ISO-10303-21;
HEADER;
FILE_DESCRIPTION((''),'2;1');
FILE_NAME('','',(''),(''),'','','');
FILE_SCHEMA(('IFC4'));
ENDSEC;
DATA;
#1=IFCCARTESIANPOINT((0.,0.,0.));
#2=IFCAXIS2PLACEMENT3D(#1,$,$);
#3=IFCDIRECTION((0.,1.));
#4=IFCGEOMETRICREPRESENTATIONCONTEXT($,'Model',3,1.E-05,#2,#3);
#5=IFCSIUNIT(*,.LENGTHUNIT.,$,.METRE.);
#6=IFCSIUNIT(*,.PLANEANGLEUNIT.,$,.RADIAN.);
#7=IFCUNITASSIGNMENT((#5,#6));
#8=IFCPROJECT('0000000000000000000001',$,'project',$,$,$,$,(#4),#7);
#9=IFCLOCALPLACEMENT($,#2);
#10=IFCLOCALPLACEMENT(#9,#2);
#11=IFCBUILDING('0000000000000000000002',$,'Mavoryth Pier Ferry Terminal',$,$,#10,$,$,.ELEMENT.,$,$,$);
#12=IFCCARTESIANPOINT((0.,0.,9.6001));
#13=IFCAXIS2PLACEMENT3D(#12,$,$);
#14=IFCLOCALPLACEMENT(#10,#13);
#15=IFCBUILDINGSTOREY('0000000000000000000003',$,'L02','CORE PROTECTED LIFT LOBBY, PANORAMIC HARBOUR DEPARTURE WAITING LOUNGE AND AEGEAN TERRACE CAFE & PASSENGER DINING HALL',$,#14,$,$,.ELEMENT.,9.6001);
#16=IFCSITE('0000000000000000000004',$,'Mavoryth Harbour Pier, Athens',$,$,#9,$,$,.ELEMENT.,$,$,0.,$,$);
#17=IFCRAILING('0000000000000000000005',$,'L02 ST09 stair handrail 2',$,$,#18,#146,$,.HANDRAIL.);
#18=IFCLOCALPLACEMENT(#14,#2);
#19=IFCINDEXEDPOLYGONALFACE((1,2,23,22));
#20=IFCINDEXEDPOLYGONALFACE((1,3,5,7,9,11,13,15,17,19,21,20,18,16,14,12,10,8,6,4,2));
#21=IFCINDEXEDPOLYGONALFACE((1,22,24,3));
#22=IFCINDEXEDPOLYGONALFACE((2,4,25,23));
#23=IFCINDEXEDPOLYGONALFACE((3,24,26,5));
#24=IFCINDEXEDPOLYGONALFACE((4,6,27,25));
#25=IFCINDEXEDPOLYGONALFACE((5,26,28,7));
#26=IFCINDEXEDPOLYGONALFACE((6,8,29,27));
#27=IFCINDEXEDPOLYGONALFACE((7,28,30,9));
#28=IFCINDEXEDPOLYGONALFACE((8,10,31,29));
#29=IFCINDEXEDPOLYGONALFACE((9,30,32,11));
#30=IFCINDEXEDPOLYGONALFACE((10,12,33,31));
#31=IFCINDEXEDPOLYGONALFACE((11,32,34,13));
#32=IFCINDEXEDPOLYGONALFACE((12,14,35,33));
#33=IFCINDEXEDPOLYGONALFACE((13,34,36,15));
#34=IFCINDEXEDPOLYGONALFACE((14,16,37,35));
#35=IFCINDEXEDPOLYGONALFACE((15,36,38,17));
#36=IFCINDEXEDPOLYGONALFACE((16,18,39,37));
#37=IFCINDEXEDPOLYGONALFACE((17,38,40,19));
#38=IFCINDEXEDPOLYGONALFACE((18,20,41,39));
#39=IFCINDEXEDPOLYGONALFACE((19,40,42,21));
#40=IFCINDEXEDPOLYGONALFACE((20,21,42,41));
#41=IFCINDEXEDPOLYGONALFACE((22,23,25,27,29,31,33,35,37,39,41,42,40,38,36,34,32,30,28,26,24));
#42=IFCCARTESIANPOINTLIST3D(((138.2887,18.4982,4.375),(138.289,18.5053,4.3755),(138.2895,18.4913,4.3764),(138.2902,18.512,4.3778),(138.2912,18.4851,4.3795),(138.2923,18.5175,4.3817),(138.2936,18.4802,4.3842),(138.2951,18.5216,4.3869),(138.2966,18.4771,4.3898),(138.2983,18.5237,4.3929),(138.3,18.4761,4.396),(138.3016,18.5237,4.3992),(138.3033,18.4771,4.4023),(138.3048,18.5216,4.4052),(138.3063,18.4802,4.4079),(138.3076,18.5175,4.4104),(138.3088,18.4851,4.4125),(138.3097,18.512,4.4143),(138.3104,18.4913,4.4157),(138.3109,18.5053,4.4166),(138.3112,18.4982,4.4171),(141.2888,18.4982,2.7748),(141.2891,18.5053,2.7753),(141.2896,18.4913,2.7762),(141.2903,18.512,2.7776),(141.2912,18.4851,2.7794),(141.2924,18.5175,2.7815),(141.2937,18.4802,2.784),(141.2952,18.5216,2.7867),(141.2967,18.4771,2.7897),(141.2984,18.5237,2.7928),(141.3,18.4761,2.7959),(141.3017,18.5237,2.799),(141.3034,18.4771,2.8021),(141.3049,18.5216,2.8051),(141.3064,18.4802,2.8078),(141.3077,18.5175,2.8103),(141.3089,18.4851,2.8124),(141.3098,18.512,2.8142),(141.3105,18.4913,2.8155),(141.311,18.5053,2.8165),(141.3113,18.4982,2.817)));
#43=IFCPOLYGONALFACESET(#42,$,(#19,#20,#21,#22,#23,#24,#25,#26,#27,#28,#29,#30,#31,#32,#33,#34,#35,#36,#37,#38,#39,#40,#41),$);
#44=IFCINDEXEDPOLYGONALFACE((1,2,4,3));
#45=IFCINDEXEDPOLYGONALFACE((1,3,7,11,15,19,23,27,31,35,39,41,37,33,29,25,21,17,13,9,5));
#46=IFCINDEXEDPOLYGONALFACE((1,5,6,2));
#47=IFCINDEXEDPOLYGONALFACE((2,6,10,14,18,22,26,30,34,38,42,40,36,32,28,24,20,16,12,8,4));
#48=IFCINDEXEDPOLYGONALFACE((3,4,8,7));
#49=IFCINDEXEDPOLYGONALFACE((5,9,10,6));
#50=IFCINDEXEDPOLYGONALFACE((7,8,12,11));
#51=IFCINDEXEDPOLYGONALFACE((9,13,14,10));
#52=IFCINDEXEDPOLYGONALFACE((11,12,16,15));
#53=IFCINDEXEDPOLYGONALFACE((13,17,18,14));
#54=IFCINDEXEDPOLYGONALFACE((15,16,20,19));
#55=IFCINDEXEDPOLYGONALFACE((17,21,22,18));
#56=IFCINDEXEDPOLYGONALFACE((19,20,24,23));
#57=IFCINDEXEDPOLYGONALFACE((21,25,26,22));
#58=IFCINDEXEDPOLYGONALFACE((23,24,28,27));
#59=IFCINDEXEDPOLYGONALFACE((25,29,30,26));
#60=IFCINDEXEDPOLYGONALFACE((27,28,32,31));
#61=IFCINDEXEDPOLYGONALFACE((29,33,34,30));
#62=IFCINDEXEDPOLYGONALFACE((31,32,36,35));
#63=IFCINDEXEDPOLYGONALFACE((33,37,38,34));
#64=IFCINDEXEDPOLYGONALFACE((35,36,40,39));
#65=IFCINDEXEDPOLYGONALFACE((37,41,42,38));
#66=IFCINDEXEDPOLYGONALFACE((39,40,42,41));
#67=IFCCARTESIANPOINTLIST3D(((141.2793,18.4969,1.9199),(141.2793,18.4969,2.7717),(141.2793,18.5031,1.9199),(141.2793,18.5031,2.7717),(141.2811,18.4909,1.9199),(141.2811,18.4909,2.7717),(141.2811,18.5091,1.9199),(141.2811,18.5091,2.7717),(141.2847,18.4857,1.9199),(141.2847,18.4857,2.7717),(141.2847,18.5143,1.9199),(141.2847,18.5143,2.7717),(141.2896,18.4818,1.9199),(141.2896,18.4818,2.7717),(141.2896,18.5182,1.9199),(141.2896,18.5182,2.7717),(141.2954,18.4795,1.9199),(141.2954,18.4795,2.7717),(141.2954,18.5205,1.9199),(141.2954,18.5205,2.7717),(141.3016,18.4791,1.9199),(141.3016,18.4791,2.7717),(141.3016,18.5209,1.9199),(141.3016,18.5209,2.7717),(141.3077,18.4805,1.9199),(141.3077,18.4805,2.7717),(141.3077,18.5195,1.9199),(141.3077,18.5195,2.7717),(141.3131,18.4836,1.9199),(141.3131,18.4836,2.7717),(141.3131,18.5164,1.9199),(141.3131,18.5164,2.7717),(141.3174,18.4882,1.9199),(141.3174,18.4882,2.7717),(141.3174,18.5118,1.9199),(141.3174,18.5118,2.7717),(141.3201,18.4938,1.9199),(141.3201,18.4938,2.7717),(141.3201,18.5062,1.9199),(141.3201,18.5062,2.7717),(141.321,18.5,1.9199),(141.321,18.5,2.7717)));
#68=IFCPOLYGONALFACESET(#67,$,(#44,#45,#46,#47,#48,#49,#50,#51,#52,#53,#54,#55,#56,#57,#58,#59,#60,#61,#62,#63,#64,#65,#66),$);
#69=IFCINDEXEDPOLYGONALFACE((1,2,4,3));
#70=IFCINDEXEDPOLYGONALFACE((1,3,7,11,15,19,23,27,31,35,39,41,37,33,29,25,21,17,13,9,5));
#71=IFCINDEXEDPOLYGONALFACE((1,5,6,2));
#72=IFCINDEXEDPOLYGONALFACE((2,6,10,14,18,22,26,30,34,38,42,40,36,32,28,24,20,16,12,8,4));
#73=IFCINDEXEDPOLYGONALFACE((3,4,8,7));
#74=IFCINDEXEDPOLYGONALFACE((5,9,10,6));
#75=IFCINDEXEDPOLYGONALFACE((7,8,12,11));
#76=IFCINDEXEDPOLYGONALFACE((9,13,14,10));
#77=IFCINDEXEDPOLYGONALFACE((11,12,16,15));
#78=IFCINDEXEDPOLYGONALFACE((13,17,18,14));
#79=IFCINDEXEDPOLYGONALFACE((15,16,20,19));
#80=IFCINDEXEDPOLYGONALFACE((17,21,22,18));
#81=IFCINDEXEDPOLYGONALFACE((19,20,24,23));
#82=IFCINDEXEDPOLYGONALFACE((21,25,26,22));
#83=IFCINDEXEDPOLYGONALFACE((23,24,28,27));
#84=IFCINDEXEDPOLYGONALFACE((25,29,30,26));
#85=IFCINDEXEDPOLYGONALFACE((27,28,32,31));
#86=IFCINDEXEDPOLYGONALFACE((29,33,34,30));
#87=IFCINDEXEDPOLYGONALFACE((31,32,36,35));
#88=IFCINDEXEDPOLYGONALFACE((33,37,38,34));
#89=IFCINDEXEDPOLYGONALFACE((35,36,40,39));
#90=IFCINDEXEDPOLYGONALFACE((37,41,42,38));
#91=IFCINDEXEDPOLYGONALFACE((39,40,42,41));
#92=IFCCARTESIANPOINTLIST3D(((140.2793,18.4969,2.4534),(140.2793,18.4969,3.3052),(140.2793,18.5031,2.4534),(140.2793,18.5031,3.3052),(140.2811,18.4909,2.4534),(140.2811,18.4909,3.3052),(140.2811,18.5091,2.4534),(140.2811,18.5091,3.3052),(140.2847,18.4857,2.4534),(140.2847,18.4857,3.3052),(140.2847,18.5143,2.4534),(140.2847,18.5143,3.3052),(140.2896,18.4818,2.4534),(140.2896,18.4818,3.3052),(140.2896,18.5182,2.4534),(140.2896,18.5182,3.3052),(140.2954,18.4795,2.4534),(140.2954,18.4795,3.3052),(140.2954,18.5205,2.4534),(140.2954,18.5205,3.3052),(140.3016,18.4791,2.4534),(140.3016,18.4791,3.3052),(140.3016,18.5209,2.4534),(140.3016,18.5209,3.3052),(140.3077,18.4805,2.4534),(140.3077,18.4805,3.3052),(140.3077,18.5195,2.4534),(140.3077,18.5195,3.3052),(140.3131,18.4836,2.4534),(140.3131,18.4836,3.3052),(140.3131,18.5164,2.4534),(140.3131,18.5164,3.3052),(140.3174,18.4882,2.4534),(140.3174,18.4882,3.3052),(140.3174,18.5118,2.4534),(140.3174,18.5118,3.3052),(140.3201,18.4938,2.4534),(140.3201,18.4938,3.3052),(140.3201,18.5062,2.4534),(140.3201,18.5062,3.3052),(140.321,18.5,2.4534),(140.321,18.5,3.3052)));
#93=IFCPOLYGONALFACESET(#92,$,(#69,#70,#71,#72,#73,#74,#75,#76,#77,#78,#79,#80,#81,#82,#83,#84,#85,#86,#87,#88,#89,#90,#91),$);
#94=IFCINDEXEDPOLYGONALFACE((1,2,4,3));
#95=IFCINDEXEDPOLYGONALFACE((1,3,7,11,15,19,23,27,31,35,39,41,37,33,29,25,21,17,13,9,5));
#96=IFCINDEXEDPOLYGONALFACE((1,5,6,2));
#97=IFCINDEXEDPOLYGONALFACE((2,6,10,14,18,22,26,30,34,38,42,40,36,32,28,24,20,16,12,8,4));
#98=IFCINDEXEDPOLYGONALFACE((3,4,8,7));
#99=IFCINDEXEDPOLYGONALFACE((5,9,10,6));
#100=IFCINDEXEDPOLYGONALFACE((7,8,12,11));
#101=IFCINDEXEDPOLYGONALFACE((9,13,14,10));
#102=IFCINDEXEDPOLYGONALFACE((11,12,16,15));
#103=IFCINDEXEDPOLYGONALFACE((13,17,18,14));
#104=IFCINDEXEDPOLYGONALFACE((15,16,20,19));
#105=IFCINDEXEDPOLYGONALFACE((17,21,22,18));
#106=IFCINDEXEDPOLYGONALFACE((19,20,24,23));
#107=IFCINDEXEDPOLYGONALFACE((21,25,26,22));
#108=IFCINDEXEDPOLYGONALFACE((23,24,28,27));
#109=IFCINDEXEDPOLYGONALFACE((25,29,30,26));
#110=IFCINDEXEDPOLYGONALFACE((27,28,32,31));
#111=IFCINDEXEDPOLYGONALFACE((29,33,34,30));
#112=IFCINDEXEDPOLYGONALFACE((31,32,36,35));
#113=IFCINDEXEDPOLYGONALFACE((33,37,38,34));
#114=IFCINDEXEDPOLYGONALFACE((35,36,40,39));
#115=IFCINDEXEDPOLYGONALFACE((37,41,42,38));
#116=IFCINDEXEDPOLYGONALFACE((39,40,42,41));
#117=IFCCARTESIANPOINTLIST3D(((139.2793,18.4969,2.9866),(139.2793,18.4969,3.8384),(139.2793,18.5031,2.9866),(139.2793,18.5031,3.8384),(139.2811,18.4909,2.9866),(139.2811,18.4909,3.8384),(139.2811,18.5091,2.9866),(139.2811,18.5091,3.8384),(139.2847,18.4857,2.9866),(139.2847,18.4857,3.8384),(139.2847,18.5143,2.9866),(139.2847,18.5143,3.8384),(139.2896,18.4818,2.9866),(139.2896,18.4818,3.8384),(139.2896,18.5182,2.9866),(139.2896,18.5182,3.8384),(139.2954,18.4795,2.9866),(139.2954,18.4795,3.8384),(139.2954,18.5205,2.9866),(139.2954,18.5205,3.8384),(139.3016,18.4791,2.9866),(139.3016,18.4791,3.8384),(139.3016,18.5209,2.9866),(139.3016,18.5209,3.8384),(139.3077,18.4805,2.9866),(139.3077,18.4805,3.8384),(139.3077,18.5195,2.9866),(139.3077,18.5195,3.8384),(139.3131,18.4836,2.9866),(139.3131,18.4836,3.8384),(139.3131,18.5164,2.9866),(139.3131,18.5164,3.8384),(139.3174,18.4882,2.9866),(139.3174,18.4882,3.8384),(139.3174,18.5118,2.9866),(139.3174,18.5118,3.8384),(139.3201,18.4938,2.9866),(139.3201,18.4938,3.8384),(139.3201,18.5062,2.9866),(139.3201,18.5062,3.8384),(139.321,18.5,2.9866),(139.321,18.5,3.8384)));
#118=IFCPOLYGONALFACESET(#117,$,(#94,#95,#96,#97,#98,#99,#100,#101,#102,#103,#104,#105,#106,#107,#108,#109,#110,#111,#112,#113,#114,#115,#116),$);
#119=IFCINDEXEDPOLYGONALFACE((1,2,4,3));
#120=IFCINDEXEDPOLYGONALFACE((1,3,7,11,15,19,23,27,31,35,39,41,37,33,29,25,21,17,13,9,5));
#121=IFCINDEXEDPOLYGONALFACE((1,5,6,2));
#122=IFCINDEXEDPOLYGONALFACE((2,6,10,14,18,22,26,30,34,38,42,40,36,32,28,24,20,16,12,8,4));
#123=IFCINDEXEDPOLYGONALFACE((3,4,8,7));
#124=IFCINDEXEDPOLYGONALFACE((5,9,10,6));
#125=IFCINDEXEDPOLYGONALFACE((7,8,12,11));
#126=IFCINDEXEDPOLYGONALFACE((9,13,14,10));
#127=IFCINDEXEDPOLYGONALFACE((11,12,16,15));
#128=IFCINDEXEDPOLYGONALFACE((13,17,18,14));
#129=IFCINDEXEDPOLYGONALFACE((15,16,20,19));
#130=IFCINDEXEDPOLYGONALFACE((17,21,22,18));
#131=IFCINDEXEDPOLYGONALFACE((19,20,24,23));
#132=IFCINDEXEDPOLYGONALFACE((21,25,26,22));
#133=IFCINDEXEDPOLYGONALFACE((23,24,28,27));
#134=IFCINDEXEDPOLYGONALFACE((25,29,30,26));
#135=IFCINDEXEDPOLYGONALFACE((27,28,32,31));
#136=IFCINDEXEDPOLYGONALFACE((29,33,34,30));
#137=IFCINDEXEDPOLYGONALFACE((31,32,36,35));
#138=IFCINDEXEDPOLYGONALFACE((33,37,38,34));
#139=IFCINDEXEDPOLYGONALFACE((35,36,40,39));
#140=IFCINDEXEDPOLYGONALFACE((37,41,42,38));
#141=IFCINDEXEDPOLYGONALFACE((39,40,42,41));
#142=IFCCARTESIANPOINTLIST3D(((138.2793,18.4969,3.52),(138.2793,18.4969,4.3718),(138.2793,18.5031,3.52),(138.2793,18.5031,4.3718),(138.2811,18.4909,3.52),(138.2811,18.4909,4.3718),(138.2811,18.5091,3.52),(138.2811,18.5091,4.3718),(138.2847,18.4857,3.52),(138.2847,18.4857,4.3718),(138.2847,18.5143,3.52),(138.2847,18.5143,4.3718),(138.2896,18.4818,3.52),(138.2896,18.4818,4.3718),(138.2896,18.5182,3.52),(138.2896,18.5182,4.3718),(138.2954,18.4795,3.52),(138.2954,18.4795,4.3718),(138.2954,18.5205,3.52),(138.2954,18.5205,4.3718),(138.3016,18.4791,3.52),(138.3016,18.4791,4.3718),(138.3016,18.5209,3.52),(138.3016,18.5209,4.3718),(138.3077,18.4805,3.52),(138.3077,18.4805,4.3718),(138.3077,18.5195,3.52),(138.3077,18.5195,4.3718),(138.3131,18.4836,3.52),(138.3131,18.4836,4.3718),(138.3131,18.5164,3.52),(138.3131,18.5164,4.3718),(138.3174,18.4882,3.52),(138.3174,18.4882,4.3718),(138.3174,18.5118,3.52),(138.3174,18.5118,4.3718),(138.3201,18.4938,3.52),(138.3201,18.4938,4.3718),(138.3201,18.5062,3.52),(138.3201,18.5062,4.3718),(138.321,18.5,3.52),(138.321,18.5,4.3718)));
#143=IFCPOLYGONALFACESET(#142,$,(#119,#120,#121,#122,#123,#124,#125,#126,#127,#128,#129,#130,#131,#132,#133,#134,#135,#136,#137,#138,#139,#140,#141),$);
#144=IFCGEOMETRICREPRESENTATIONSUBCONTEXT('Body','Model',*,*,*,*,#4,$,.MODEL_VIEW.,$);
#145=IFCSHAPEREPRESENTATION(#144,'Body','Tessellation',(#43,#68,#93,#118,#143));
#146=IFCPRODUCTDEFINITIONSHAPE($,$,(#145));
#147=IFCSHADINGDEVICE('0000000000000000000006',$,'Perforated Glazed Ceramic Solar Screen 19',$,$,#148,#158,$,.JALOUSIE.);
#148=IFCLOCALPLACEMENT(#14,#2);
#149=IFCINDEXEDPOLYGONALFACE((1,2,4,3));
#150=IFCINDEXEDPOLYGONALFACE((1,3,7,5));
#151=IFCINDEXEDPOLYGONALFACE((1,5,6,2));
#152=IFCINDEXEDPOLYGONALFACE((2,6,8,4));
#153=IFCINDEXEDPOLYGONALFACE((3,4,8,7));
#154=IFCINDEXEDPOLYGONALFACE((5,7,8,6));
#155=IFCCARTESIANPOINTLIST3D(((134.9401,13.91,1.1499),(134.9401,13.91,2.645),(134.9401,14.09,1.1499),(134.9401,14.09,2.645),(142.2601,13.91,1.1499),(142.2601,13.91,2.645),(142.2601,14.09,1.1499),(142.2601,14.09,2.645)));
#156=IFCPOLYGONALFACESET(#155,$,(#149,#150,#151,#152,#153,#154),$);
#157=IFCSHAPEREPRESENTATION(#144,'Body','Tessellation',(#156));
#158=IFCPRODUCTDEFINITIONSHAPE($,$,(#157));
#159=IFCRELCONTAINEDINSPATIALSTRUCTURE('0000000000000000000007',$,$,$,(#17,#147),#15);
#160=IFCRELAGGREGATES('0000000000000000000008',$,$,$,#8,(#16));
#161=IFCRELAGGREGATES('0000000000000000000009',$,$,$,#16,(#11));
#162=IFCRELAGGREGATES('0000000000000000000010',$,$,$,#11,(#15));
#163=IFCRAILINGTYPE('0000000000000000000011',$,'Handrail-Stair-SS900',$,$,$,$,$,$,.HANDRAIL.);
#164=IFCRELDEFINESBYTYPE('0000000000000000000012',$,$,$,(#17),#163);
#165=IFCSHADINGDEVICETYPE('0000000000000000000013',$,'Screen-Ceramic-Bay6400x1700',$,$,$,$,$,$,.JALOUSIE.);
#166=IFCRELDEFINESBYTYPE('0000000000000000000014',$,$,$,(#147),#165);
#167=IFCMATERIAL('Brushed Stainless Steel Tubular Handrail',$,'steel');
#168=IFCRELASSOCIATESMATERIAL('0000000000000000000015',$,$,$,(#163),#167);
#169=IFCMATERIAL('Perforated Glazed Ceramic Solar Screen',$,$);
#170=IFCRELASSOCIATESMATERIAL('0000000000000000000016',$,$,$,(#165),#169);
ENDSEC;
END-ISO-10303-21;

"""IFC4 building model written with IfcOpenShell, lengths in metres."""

from ifc_helpers import new_model, si_unit, direction, frame, origin, origin_2d, place, context, subcontext, project, spatial, rectangle, circle, extrude, material, type_object, element, save


model = new_model("IFC4")

# Units and contexts
model_context = context("Model", 3, precision=1e-05, world=origin(), true_north=direction((0.0, 1.0)))
body_context = subcontext(model_context, "Body", "Model", "MODEL_VIEW")
ifc_project = project(units=[si_unit("LENGTHUNIT", "METRE"), si_unit("PLANEANGLEUNIT", "RADIAN")], contexts=[model_context])

# Site, building, storey
site_placement = place(None, origin())
site = spatial("IfcSite", under=ifc_project, at=site_placement, Name="Mavoryth Harbour Pier, Athens", CompositionType="ELEMENT", RefElevation=0.0)
building_placement = place(site_placement, origin())
building = spatial("IfcBuilding", under=site, at=building_placement, Name="Mavoryth Pier Ferry Terminal", CompositionType="ELEMENT")
storey_placement = place(building_placement, frame((0.0, 0.0, 9.6001)))
storey = spatial("IfcBuildingStorey", under=building, at=storey_placement, Name="L02", Description="CORE PROTECTED LIFT LOBBY, PANORAMIC HARBOUR DEPARTURE WAITING LOUNGE AND AEGEAN TERRACE CAFE & PASSENGER DINING HALL", CompositionType="ELEMENT", Elevation=9.6001)

# Railing
ifc_material_1 = material(Name="Brushed Stainless Steel Tubular Handrail", Category="steel")
railing_type_1 = type_object("IfcRailingType", Name="Handrail-Stair-SS900", PredefinedType="HANDRAIL", material=ifc_material_1)
railing_1_placement = place(storey_placement, frame((141.3, 18.5, 1.9199)))
element("IfcRailing", 1, at=railing_1_placement, inside=storey, type_object=railing_type_1, Name="L02 ST09 stair handrail 2", PredefinedType="HANDRAIL", context=body_context, shape_type="SweptSolid", body=[
    extrude(circle(Radius=0.0239, at=origin_2d()), frame((0.0, 0.0, 0.876), z_axis=(-0.882341, 0.0, 0.470611), x_axis=(0.0, -1.0, 0.0)), (0.0, 0.0, 1.0), 3.4001),
    extrude(circle(Radius=0.021, at=origin_2d()), origin(), (0.0, 0.0, 1.0), 0.8518),
    extrude(circle(Radius=0.021, at=origin_2d()), frame((-1.0, 0.0, 0.5334)), (0.0, 0.0, 1.0), 0.8518),
    extrude(circle(Radius=0.021, at=origin_2d()), frame((-2.0, 0.0, 1.0667)), (0.0, 0.0, 1.0), 0.8518),
    extrude(circle(Radius=0.021, at=origin_2d()), frame((-3.0, 0.0, 1.6001)), (0.0, 0.0, 1.0), 0.8518),
])

# Shading device
ifc_material_2 = material(Name="Perforated Glazed Ceramic Solar Screen")
shading_device_type = type_object("IfcShadingDeviceType", Name="Screen-Ceramic-Bay6400x1700", PredefinedType="JALOUSIE", material=ifc_material_2)
shading_device_placement = place(storey_placement, frame((138.6001, 14.0, 1.1499), z_axis=(0.0, 0.0, 1.0), x_axis=(1.0, 0.0, 0.0)))
element("IfcShadingDevice", 2, at=shading_device_placement, inside=storey, type_object=shading_device_type, Name="Perforated Glazed Ceramic Solar Screen 19", PredefinedType="JALOUSIE", context=body_context, shape_type="SweptSolid", body=[
    extrude(rectangle(XDim=7.3201, YDim=0.1799, at=origin_2d()), origin(), (0.0, 0.0, 1.0), 1.4951),
])

save(model, "model.ifc")
